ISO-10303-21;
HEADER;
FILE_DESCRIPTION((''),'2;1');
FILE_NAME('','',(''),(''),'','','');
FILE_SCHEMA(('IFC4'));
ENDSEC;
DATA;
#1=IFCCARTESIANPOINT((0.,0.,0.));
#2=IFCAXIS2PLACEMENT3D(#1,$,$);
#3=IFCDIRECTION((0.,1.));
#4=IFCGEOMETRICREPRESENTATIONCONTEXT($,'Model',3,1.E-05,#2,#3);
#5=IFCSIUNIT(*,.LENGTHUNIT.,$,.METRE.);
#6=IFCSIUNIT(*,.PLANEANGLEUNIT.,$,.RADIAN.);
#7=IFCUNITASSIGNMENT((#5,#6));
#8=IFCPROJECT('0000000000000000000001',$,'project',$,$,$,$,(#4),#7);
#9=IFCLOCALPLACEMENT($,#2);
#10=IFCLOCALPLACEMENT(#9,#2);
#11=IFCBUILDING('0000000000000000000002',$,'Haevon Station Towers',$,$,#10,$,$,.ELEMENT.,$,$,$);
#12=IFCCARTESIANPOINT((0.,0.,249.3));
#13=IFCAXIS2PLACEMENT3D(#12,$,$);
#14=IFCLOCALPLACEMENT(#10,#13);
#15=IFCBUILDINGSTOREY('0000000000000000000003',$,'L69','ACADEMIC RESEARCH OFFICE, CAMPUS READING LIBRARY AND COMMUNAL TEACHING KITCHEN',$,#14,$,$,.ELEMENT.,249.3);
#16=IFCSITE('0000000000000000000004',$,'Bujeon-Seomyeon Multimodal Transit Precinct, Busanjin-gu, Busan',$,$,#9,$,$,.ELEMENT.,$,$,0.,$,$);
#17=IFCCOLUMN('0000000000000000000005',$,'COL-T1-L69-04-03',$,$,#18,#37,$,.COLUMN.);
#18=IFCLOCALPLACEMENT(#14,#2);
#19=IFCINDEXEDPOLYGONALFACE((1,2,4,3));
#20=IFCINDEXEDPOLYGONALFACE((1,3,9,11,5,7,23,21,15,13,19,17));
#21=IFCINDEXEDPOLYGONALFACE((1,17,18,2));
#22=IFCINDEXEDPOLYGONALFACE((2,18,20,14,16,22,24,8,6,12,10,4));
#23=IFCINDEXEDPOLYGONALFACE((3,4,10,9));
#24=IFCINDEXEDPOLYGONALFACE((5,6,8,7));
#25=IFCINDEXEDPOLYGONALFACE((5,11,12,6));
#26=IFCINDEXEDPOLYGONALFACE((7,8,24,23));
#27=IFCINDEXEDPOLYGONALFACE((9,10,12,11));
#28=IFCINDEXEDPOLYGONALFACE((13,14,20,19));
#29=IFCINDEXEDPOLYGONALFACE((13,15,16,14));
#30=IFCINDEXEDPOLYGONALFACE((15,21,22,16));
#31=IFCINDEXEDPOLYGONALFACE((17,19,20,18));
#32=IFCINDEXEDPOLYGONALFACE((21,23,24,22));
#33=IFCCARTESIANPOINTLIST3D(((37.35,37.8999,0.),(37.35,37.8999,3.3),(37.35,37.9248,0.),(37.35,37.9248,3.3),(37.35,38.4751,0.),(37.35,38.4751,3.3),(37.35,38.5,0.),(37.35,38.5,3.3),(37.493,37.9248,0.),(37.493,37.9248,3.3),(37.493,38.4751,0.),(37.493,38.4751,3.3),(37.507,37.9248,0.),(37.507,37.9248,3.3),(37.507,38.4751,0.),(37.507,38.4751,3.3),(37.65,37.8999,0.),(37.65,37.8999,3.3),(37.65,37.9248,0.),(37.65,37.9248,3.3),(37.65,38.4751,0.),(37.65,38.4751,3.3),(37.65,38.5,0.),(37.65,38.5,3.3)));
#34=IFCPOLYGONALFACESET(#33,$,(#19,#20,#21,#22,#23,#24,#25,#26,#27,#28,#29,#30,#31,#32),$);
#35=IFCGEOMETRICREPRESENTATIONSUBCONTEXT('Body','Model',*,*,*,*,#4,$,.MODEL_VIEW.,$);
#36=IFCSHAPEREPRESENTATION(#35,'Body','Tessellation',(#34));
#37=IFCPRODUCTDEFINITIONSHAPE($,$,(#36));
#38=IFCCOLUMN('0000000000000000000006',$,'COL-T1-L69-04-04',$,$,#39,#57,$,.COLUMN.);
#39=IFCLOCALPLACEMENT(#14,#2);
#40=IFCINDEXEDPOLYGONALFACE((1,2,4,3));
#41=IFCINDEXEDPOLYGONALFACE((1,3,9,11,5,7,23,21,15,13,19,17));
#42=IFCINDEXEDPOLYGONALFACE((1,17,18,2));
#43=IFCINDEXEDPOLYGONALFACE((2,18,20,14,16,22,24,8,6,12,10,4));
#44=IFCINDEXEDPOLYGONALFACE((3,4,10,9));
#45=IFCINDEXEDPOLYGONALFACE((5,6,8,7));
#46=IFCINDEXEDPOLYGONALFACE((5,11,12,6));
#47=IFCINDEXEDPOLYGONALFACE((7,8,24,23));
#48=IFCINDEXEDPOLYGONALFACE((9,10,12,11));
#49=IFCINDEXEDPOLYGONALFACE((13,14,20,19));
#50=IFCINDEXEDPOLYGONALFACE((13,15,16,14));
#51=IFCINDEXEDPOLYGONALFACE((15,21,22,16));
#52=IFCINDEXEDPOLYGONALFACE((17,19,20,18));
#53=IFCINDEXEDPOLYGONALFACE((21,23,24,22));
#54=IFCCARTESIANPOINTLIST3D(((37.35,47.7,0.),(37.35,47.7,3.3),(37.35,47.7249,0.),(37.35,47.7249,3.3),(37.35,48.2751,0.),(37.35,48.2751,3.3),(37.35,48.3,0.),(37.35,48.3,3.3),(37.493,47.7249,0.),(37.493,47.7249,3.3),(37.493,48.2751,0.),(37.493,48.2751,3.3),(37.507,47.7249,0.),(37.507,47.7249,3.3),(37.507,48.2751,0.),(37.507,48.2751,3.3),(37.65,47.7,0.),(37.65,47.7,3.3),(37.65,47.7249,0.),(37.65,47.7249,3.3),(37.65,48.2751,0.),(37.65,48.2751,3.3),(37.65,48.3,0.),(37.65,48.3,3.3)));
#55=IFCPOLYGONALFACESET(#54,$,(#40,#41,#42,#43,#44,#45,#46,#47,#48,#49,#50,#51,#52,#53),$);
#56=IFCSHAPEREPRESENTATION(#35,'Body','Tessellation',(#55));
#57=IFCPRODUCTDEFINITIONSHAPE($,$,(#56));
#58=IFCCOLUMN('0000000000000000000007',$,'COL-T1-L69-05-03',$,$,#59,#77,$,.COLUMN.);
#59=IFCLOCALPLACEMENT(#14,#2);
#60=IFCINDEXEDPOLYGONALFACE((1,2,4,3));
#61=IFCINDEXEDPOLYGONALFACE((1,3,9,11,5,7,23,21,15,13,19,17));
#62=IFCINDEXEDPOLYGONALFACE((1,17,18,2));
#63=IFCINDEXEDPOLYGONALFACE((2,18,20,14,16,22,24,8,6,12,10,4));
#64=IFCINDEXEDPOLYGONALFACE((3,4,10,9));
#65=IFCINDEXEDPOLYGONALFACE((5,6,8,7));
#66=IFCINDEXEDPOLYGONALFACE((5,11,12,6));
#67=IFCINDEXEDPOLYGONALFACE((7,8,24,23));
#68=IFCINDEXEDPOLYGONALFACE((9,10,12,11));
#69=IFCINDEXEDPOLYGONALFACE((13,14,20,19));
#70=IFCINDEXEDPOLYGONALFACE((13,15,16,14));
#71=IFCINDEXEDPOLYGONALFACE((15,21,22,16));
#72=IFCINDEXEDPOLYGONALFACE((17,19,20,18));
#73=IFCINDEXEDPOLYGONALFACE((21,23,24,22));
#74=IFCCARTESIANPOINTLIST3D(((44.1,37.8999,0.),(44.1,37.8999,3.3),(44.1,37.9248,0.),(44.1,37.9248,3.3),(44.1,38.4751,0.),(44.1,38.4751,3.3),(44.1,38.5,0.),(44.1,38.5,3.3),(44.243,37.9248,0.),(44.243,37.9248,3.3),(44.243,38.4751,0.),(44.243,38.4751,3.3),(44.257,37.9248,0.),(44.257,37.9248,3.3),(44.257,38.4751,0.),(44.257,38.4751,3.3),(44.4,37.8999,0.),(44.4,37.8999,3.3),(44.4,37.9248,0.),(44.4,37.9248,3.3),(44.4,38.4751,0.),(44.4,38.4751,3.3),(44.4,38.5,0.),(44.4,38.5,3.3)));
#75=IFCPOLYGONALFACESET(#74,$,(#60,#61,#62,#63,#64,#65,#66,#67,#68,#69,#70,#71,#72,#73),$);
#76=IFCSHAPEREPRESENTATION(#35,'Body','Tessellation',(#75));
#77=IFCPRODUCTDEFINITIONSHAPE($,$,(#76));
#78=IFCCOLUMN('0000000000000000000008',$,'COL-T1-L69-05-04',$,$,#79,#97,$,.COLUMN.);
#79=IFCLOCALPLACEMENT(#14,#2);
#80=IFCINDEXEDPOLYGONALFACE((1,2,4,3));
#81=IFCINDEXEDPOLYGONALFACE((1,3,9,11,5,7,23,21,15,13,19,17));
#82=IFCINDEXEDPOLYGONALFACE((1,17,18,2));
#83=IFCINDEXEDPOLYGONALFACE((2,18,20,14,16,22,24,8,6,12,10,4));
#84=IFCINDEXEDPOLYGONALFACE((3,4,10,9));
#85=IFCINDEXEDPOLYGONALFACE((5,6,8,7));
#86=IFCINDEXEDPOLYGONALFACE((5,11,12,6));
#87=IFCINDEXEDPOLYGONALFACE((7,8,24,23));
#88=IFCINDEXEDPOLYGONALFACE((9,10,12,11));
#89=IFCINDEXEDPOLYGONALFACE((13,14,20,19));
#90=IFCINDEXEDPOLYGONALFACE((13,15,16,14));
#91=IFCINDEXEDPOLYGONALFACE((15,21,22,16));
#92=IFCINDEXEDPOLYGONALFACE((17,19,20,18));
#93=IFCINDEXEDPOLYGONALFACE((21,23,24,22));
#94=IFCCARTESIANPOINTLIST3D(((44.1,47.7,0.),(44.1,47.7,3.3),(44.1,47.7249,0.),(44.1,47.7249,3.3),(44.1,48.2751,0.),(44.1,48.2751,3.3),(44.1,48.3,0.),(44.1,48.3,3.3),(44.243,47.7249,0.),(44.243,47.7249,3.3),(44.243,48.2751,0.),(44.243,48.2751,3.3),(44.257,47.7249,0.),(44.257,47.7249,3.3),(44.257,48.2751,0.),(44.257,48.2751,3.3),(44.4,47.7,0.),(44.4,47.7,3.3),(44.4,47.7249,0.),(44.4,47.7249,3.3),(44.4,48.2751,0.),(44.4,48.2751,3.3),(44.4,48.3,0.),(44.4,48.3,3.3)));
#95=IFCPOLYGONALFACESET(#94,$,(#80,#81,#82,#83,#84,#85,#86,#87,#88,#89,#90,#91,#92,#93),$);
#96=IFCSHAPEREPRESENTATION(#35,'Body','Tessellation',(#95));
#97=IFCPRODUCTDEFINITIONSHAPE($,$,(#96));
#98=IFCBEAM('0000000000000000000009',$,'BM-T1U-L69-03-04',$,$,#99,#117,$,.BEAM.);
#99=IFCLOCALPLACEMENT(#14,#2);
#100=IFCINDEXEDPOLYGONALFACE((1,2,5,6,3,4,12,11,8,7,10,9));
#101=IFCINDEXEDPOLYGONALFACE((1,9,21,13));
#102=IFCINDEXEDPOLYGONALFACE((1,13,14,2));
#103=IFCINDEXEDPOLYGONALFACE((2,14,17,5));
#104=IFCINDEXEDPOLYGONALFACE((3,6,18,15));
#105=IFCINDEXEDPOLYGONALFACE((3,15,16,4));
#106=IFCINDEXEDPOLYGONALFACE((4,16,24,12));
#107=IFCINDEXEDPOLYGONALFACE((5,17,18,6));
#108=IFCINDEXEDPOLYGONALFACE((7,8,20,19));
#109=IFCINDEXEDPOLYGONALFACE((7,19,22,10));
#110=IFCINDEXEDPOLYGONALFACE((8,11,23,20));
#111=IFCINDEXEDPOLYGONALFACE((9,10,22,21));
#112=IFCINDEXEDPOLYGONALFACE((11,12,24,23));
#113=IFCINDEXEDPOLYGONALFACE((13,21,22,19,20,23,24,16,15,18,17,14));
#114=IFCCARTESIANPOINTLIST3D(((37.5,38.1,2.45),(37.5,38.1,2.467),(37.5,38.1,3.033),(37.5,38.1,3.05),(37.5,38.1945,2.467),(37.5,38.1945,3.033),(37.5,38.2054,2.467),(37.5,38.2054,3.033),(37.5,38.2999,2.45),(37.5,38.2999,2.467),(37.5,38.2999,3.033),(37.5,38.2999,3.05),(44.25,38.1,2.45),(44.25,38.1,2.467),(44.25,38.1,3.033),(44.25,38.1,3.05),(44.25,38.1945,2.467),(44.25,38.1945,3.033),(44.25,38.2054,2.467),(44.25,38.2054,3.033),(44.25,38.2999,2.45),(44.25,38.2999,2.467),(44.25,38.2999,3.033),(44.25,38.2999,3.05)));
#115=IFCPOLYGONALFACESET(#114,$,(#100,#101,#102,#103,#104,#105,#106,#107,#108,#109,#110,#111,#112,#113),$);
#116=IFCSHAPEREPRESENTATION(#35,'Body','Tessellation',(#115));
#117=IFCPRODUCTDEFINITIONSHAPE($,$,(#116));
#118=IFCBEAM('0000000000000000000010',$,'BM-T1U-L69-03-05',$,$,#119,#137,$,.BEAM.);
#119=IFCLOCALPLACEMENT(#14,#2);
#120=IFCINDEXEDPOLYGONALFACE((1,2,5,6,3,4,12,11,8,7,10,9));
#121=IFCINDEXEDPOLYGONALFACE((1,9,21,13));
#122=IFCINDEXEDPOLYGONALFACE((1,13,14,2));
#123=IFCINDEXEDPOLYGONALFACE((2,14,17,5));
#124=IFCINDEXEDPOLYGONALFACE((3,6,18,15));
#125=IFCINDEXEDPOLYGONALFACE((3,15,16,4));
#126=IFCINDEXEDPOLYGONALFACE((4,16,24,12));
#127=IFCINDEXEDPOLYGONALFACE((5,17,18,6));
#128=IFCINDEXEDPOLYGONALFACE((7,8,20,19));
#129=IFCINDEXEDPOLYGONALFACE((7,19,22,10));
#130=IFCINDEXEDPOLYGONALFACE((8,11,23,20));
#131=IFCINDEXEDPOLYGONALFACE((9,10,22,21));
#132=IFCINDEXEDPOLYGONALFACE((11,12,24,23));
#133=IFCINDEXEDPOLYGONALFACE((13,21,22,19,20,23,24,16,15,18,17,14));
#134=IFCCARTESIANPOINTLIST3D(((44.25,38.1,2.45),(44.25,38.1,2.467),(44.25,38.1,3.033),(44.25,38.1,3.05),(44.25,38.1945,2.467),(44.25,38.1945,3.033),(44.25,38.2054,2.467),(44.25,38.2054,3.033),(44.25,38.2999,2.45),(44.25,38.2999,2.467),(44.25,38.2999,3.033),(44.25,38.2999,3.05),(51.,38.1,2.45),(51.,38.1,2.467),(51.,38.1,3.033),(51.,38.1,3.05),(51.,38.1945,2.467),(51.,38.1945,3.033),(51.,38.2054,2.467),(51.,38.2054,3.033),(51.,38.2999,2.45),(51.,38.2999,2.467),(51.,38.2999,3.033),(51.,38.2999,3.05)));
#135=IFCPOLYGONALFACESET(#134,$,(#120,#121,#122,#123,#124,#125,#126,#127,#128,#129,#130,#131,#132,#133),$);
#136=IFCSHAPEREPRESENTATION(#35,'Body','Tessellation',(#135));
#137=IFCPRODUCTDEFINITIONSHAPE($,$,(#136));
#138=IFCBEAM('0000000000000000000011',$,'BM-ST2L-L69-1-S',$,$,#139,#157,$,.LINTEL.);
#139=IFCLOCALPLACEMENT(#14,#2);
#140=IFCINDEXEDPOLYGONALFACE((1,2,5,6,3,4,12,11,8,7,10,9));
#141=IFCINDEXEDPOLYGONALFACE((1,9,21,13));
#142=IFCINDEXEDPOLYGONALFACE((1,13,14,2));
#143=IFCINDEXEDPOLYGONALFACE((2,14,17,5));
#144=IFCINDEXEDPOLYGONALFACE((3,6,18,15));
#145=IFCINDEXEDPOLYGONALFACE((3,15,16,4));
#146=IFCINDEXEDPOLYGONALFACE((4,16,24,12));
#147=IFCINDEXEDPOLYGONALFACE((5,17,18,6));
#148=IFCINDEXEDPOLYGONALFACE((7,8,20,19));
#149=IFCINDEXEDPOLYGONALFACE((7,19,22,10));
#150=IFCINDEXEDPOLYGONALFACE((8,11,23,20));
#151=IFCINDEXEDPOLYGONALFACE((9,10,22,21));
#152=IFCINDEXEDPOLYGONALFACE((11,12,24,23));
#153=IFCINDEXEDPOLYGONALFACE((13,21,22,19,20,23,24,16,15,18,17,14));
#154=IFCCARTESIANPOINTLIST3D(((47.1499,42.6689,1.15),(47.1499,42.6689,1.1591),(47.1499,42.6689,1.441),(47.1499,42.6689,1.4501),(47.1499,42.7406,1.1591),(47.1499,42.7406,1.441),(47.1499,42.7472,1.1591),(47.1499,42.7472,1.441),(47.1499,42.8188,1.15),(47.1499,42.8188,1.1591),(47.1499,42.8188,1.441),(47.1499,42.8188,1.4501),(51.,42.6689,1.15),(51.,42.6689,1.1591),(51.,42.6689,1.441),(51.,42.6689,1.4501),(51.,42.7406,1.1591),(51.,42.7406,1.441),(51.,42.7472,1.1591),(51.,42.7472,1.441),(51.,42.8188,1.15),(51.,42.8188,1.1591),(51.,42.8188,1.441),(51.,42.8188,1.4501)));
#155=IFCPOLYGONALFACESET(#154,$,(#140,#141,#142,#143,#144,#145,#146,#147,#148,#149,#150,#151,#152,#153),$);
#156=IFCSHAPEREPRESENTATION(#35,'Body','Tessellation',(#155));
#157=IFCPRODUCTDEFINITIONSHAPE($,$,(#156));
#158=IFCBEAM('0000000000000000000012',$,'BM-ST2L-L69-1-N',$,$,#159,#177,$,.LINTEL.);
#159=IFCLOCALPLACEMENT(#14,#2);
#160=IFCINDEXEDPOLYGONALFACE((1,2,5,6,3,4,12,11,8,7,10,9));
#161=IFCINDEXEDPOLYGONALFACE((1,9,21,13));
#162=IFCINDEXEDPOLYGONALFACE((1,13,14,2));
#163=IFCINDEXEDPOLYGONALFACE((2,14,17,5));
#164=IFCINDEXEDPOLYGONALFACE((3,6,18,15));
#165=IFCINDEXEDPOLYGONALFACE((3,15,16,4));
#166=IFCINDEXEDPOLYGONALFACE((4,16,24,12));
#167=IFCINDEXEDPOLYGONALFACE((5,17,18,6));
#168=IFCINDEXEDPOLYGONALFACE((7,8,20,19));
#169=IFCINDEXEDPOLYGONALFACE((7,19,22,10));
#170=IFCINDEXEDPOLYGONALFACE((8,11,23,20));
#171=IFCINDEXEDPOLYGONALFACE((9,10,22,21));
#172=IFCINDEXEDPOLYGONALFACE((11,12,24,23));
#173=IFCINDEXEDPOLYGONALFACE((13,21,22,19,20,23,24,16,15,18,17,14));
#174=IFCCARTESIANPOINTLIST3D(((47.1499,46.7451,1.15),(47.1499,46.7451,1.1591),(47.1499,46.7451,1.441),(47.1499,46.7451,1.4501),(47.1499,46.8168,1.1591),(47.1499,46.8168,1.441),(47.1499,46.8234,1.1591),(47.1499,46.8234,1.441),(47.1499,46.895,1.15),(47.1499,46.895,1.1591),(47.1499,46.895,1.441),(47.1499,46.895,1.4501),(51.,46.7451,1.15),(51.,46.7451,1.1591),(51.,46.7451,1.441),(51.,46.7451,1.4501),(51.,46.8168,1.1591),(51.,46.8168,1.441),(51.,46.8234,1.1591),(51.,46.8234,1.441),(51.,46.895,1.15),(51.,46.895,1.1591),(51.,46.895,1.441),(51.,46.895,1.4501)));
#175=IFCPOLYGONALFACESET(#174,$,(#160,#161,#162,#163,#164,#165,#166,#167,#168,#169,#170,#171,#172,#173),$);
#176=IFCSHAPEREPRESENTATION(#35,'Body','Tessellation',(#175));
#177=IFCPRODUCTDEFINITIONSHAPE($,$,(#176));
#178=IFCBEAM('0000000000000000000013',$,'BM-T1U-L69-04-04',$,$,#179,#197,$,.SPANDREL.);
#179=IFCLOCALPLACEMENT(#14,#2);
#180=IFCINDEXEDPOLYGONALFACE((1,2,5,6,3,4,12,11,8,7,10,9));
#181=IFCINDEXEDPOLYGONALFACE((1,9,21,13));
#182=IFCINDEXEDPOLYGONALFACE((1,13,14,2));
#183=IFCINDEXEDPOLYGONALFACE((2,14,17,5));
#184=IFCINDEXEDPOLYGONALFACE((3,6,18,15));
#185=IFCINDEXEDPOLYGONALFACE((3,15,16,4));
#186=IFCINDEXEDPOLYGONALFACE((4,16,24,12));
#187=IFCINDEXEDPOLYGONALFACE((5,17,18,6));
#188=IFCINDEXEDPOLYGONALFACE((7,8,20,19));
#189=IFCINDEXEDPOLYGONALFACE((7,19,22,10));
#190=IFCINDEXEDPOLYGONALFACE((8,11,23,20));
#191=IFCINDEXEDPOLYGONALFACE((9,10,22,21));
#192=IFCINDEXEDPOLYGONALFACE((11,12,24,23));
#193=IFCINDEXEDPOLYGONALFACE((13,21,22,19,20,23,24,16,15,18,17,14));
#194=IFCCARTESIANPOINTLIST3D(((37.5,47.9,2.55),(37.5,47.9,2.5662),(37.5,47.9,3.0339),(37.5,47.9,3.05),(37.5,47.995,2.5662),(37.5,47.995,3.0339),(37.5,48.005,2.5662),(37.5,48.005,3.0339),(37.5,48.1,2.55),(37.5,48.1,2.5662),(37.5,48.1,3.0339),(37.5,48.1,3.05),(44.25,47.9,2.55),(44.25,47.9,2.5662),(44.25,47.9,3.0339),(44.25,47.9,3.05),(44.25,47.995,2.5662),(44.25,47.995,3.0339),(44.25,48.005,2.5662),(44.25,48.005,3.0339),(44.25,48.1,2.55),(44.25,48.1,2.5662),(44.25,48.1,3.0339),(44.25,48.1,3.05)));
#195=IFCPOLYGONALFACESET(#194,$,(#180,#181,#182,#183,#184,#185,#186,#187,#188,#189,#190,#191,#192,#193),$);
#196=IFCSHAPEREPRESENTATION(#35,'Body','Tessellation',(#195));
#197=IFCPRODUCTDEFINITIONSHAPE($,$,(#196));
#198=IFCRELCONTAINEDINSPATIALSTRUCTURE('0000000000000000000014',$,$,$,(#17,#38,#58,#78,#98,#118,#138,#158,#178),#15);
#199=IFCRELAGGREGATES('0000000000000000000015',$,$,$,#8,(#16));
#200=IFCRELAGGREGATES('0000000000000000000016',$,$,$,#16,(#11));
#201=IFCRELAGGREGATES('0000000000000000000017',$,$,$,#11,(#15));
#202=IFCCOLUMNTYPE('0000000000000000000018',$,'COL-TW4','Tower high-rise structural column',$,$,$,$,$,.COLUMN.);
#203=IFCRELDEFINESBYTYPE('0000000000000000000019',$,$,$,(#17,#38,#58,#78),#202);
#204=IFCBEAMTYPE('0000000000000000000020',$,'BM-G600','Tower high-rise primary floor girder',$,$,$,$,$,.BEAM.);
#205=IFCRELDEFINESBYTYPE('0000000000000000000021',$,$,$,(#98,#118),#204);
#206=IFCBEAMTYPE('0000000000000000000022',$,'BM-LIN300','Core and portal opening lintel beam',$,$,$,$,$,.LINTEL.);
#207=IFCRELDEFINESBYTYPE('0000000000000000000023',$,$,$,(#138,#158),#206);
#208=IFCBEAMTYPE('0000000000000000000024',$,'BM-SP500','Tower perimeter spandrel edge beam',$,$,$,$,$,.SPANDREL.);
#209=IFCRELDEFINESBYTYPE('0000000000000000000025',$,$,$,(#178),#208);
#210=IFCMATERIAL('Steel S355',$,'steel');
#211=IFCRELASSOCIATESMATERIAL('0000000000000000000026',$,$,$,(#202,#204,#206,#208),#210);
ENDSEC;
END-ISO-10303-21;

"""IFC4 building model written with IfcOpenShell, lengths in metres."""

from ifc_helpers import new_model, si_unit, direction, frame, origin, origin_2d, place, context, subcontext, project, spatial, i_section, extrude, material, material_profile, profile_set, type_object, element, save


model = new_model("IFC4")

# Units and contexts
model_context = context("Model", 3, precision=1e-05, world=origin(), true_north=direction((0.0, 1.0)))
body_context = subcontext(model_context, "Body", "Model", "MODEL_VIEW")
ifc_project = project(units=[si_unit("LENGTHUNIT", "METRE"), si_unit("PLANEANGLEUNIT", "RADIAN")], contexts=[model_context])

# Site, building, storey
site_placement = place(None, origin())
site = spatial("IfcSite", under=ifc_project, at=site_placement, Name="Bujeon-Seomyeon Multimodal Transit Precinct, Busanjin-gu, Busan", CompositionType="ELEMENT", RefElevation=0.0)
building_placement = place(site_placement, origin())
building = spatial("IfcBuilding", under=site, at=building_placement, Name="Haevon Station Towers", CompositionType="ELEMENT")
storey_placement = place(building_placement, frame((0.0, 0.0, 249.3)))
storey = spatial("IfcBuildingStorey", under=building, at=storey_placement, Name="L69", Description="ACADEMIC RESEARCH OFFICE, CAMPUS READING LIBRARY AND COMMUNAL TEACHING KITCHEN", CompositionType="ELEMENT", Elevation=249.3)

# Columns
ifc_material_1 = material(Name="Steel S355", Category="steel")
ifc_material_profile_1 = material_profile(ifc_material_1, i_section(OverallWidth=0.3, OverallDepth=0.6001, WebThickness=0.0139, FlangeThickness=0.0249, at=origin_2d()), Name="H-600x300x14x25")
ifc_profile_set_1 = profile_set([ifc_material_profile_1], Name="Steel S355")
column_type = type_object("IfcColumnType", Name="COL-TW4", Description="Tower high-rise structural column", PredefinedType="COLUMN", material=ifc_profile_set_1)
for number, where, z_axis, x_axis, name in (
    (1, (37.5, 38.2, 0.0), (0.0, 0.0, 1.0), (1.0, 0.0, 0.0), "COL-T1-L69-04-03"),
    (2, (37.5, 48.0, 0.0), (0.0, 0.0, 1.0), (1.0, 0.0, 0.0), "COL-T1-L69-04-04"),
    (3, (44.25, 38.2, 0.0), (0.0, 0.0, 1.0), (1.0, 0.0, 0.0), "COL-T1-L69-05-03"),
    (4, (44.25, 48.0, 0.0), (0.0, 0.0, 1.0), (1.0, 0.0, 0.0), "COL-T1-L69-05-04"),
):
    element("IfcColumn", number, at=place(storey_placement, frame(where, z_axis=z_axis, x_axis=x_axis)), inside=storey, type_object=column_type, Name=name, PredefinedType="COLUMN", context=body_context, shape_type="SweptSolid", body=[
        extrude(i_section(OverallWidth=0.3, OverallDepth=0.6001, WebThickness=0.0139, FlangeThickness=0.0249, at=origin_2d()), origin(), (0.0, 0.0, 1.0), 3.3),
    ])

# Beams
ifc_material_profile_2 = material_profile(ifc_material_1, i_section(OverallWidth=0.2, OverallDepth=0.6001, WebThickness=0.011, FlangeThickness=0.0171, at=origin_2d()), Name="H-600x200x11x17")
ifc_profile_set_2 = profile_set([ifc_material_profile_2], Name="Steel S355")
beam_type_1 = type_object("IfcBeamType", Name="BM-G600", Description="Tower high-rise primary floor girder", PredefinedType="BEAM", material=ifc_profile_set_2)
for number, where, z_axis, x_axis, name in (
    (5, (37.5, 38.2, 2.75), (1.0, 0.0, 0.0), (0.0, 1.0, 0.0), "BM-T1U-L69-03-04"),
    (6, (44.25, 38.2, 2.75), (1.0, 0.0, 0.0), (0.0, 1.0, 0.0), "BM-T1U-L69-03-05"),
):
    element("IfcBeam", number, at=place(storey_placement, frame(where, z_axis=z_axis, x_axis=x_axis)), inside=storey, type_object=beam_type_1, Name=name, PredefinedType="BEAM", context=body_context, shape_type="SweptSolid", body=[
        extrude(i_section(OverallWidth=0.2, OverallDepth=0.6001, WebThickness=0.011, FlangeThickness=0.0171, at=origin_2d()), origin(), (0.0, 0.0, 1.0), 6.75),
    ])
ifc_material_profile_3 = material_profile(ifc_material_1, i_section(OverallWidth=0.1499, OverallDepth=0.3, WebThickness=0.0066, FlangeThickness=0.009, at=origin_2d()), Name="H-300x150x6.5x9")
ifc_profile_set_3 = profile_set([ifc_material_profile_3], Name="Steel S355")
beam_type_2 = type_object("IfcBeamType", Name="BM-LIN300", Description="Core and portal opening lintel beam", PredefinedType="LINTEL", material=ifc_profile_set_3)
for number, where, z_axis, x_axis, name in (
    (7, (47.1499, 42.7439, 1.3), (1.0, 0.0, 0.0), (0.0, 1.0, 0.0), "BM-ST2L-L69-1-S"),
    (8, (47.1499, 46.8201, 1.3), (1.0, 0.0, 0.0), (0.0, 1.0, 0.0), "BM-ST2L-L69-1-N"),
):
    element("IfcBeam", number, at=place(storey_placement, frame(where, z_axis=z_axis, x_axis=x_axis)), inside=storey, type_object=beam_type_2, Name=name, PredefinedType="LINTEL", context=body_context, shape_type="SweptSolid", body=[
        extrude(i_section(OverallWidth=0.1499, OverallDepth=0.3, WebThickness=0.0066, FlangeThickness=0.009, at=origin_2d()), origin(), (0.0, 0.0, 1.0), 3.8501),
    ])
ifc_material_profile_4 = material_profile(ifc_material_1, i_section(OverallWidth=0.2, OverallDepth=0.5, WebThickness=0.01, FlangeThickness=0.0161, at=origin_2d()), Name="H-500x200x10x16")
ifc_profile_set_4 = profile_set([ifc_material_profile_4], Name="Steel S355")
beam_type_3 = type_object("IfcBeamType", Name="BM-SP500", Description="Tower perimeter spandrel edge beam", PredefinedType="SPANDREL", material=ifc_profile_set_4)
for number, where, z_axis, x_axis, name in (
    (9, (37.5, 48.0, 2.8), (1.0, 0.0, 0.0), (0.0, 1.0, 0.0), "BM-T1U-L69-04-04"),
):
    element("IfcBeam", number, at=place(storey_placement, frame(where, z_axis=z_axis, x_axis=x_axis)), inside=storey, type_object=beam_type_3, Name=name, PredefinedType="SPANDREL", context=body_context, shape_type="SweptSolid", body=[
        extrude(i_section(OverallWidth=0.2, OverallDepth=0.5, WebThickness=0.01, FlangeThickness=0.0161, at=origin_2d()), origin(), (0.0, 0.0, 1.0), 6.75),
    ])

save(model, "model.ifc")
